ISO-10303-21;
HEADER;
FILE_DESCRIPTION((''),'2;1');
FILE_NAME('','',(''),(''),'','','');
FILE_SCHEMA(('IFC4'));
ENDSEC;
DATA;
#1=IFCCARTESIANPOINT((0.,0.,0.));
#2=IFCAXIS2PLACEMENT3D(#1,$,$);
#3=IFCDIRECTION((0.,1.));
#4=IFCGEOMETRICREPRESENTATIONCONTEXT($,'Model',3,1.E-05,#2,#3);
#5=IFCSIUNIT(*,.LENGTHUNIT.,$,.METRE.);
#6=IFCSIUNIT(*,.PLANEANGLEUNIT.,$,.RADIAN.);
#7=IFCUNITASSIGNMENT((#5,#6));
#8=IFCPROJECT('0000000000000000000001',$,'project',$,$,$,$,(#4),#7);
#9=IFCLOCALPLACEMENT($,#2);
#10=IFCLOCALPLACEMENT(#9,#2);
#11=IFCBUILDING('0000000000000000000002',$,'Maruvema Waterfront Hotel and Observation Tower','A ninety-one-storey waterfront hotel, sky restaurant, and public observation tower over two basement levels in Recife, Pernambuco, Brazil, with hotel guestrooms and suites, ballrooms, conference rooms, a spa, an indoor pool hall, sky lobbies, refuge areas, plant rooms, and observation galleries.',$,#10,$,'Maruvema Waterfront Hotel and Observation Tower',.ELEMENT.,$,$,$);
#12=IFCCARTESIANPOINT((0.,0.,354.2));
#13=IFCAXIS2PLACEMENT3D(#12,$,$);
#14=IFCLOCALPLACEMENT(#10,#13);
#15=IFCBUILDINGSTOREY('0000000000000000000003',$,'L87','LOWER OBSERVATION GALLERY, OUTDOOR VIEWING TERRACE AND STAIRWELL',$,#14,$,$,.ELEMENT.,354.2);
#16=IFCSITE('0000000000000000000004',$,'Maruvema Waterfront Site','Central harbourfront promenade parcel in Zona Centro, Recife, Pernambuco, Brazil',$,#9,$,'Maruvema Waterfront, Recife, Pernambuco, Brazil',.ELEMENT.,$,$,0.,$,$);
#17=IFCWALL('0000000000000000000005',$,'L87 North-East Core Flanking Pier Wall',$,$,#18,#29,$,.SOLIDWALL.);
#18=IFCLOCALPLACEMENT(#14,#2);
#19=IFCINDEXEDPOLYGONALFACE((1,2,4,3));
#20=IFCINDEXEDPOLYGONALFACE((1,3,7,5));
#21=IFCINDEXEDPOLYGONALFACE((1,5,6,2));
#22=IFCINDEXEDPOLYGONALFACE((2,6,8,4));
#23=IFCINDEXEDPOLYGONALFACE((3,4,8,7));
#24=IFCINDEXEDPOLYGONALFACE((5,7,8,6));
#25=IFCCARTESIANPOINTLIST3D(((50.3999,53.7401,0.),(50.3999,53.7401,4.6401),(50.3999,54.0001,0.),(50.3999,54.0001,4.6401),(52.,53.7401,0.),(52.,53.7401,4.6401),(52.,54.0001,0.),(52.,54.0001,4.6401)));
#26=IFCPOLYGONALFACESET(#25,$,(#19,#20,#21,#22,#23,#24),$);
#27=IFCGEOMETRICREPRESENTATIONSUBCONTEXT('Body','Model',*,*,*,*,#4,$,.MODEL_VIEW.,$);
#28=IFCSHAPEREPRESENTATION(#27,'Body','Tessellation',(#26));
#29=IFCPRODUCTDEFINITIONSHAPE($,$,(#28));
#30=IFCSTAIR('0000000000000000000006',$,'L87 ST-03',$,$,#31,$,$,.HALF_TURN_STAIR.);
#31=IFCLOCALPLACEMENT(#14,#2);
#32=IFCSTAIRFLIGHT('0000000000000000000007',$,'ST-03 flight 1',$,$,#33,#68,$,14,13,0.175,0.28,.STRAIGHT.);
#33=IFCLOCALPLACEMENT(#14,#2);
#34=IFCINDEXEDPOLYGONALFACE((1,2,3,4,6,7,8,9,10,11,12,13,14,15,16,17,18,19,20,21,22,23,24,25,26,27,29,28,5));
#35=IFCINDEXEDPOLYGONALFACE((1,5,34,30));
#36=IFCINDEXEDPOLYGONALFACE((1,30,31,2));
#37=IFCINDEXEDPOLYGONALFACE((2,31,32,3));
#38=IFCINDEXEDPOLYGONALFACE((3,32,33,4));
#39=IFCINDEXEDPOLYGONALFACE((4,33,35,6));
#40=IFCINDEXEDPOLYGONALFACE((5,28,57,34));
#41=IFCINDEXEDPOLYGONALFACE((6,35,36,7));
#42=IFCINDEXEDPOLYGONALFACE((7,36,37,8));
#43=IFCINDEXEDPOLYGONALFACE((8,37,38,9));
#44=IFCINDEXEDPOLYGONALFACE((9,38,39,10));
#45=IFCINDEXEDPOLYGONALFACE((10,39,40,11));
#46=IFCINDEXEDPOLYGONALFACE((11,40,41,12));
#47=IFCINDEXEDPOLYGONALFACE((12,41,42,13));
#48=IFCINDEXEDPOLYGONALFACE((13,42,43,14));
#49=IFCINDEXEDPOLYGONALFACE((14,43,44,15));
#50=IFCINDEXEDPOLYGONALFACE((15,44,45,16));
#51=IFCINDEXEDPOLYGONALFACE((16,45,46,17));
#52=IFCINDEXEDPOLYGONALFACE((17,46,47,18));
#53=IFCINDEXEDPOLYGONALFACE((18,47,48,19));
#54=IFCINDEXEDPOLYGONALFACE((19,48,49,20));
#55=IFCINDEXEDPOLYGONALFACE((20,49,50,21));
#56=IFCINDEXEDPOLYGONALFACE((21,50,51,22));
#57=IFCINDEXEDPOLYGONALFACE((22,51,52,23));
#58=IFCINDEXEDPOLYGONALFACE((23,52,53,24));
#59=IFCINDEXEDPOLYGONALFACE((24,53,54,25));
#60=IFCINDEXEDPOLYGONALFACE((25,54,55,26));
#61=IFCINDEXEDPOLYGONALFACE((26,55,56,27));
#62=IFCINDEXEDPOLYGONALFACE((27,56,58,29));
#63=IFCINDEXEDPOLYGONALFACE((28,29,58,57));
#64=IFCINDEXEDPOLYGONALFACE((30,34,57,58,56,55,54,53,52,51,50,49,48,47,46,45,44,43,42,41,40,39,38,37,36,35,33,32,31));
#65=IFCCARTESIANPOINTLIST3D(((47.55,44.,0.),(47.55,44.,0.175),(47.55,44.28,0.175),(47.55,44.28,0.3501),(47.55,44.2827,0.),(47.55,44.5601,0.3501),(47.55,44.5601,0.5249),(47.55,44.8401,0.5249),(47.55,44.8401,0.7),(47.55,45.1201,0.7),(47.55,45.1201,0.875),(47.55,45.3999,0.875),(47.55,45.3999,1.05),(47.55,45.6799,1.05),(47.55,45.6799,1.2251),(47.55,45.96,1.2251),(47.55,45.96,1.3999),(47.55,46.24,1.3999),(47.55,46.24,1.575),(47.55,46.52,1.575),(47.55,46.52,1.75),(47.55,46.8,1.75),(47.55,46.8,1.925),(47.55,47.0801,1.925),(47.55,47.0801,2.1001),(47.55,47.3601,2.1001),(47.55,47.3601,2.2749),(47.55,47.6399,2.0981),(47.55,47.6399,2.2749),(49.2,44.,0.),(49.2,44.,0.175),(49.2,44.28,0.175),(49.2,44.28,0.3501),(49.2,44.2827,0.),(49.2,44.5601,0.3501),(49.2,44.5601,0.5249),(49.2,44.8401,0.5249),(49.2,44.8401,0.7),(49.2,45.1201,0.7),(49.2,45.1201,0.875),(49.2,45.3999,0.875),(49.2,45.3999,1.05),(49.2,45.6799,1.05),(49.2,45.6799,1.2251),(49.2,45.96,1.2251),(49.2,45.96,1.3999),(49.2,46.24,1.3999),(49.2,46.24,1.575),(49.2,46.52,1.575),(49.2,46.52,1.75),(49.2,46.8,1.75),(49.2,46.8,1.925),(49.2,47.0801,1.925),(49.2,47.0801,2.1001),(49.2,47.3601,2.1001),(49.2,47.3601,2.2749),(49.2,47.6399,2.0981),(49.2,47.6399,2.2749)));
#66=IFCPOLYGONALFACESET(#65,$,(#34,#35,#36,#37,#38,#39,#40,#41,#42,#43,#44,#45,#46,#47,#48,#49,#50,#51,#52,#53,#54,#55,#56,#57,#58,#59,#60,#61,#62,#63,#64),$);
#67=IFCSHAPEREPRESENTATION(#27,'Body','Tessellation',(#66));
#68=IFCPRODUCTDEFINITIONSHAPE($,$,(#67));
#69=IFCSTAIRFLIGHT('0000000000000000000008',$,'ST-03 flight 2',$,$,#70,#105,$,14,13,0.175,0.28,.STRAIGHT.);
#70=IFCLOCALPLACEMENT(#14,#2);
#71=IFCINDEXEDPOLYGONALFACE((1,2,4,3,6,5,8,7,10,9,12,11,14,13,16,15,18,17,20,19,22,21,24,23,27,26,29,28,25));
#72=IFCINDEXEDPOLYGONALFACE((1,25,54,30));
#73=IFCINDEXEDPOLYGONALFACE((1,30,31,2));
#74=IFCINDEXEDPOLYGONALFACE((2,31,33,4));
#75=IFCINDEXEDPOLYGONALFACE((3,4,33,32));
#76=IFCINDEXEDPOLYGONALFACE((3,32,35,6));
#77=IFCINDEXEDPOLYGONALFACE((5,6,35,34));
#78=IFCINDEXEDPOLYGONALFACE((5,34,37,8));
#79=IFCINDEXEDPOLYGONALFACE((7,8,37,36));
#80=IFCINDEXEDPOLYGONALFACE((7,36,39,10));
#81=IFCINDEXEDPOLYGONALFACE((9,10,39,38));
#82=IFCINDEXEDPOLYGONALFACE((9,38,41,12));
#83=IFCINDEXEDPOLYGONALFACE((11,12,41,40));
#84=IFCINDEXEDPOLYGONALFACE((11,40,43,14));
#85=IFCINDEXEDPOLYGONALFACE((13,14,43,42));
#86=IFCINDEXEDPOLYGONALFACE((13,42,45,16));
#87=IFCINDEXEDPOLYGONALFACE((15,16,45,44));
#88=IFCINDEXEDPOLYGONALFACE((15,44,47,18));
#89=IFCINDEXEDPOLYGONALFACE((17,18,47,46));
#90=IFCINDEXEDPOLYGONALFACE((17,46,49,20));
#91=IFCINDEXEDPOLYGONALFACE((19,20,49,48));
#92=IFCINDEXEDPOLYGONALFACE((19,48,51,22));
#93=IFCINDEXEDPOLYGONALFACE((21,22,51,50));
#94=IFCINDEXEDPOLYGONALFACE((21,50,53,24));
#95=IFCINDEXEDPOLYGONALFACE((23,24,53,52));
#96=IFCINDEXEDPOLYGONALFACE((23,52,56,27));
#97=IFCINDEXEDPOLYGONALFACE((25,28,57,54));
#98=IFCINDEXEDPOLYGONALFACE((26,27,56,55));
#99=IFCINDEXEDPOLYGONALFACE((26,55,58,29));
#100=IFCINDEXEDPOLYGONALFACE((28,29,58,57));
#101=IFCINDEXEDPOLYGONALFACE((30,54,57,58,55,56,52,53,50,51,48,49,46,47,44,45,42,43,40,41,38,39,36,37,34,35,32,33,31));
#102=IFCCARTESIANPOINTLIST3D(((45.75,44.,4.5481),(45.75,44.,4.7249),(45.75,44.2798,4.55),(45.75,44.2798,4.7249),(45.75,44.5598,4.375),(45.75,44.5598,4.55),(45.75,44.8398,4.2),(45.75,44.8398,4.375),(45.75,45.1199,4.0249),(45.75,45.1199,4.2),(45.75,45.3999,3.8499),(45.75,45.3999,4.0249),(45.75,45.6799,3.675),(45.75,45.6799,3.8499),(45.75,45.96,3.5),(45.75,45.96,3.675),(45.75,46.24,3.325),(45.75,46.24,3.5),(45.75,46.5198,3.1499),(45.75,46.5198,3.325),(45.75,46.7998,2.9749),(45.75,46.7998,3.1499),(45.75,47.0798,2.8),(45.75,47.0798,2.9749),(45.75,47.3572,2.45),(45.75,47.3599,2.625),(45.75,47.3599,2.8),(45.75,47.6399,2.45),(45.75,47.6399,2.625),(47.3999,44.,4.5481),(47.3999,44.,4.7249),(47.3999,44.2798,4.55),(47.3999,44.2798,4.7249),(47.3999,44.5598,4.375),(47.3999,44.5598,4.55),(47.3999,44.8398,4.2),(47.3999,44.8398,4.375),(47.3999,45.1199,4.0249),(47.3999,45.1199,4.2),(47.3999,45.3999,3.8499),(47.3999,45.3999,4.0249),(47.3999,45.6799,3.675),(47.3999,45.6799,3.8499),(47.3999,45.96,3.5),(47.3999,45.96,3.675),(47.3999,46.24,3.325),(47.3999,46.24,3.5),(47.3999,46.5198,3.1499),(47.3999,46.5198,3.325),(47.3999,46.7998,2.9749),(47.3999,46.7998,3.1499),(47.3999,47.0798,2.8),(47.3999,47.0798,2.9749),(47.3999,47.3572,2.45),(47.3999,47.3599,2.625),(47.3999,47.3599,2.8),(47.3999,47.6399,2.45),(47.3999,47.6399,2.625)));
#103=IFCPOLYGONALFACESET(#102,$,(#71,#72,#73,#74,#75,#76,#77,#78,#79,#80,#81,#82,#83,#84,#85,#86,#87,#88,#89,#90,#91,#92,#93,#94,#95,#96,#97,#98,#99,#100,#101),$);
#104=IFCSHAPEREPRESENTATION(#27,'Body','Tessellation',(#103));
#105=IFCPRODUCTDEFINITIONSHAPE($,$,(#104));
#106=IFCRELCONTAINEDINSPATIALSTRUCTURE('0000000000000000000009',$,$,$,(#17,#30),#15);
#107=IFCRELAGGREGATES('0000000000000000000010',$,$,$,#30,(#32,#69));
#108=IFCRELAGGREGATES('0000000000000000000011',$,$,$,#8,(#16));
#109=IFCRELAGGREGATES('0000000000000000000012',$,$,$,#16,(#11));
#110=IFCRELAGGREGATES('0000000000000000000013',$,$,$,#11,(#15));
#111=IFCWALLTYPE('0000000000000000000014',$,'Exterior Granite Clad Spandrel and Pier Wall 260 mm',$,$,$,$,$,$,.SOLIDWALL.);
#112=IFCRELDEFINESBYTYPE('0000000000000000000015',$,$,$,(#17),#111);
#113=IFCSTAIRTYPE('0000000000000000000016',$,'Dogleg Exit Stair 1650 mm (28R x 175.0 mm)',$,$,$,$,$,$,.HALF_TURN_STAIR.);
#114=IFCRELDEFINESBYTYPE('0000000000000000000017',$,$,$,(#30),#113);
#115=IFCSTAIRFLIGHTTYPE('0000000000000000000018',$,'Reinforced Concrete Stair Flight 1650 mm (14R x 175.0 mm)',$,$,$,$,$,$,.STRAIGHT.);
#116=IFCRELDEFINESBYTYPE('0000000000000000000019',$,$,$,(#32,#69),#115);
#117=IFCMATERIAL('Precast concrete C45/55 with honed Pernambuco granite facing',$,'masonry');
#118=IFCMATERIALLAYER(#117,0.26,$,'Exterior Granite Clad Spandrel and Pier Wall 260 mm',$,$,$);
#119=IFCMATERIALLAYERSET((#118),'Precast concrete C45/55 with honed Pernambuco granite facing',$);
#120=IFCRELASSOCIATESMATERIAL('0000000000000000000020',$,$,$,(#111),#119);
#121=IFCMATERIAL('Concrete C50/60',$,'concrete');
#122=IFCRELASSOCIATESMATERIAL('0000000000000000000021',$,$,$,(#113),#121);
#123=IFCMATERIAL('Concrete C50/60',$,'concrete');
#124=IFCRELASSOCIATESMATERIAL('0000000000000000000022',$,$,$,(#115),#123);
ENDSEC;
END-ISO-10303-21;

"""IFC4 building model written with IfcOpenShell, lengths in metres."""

from ifc_helpers import new_model, si_unit, direction, frame, frame_2d, origin, place, context, subcontext, project, spatial, polyline, rectangle, outline, extrude, material, layer, layer_set, type_object, element, aggregate, save


model = new_model("IFC4")

# Units and contexts
model_context = context("Model", 3, precision=1e-05, world=origin(), true_north=direction((0.0, 1.0)))
body_context = subcontext(model_context, "Body", "Model", "MODEL_VIEW")
ifc_project = project(units=[si_unit("LENGTHUNIT", "METRE"), si_unit("PLANEANGLEUNIT", "RADIAN")], contexts=[model_context])

# Site, building, storey
site_placement = place(None, origin())
site = spatial("IfcSite", under=ifc_project, at=site_placement, Name="Maruvema Waterfront Site", Description="Central harbourfront promenade parcel in Zona Centro, Recife, Pernambuco, Brazil", LongName="Maruvema Waterfront, Recife, Pernambuco, Brazil", CompositionType="ELEMENT", RefElevation=0.0)
building_placement = place(site_placement, origin())
building = spatial("IfcBuilding", under=site, at=building_placement, Name="Maruvema Waterfront Hotel and Observation Tower", Description="A ninety-one-storey waterfront hotel, sky restaurant, and public observation tower over two basement levels in Recife, Pernambuco, Brazil, with hotel guestrooms and suites, ballrooms, conference rooms, a spa, an indoor pool hall, sky lobbies, refuge areas, plant rooms, and observation galleries.", LongName="Maruvema Waterfront Hotel and Observation Tower", CompositionType="ELEMENT")
storey_placement = place(building_placement, frame((0.0, 0.0, 354.2)))
storey = spatial("IfcBuildingStorey", under=building, at=storey_placement, Name="L87", Description="LOWER OBSERVATION GALLERY, OUTDOOR VIEWING TERRACE AND STAIRWELL", CompositionType="ELEMENT", Elevation=354.2)

# Wall
ifc_material_1 = material(Name="Precast concrete C45/55 with honed Pernambuco granite facing", Category="masonry")
ifc_layer_1 = layer(ifc_material_1, 0.26, Name="Exterior Granite Clad Spandrel and Pier Wall 260 mm")
ifc_layer_set_1 = layer_set([ifc_layer_1], Name="Precast concrete C45/55 with honed Pernambuco granite facing")
wall_type_1 = type_object("IfcWallType", Name="Exterior Granite Clad Spandrel and Pier Wall 260 mm", PredefinedType="SOLIDWALL", material=ifc_layer_set_1)
wall_1_placement = place(storey_placement, frame((52.0, 53.8701, 0.0), z_axis=(0.0, 0.0, 1.0), x_axis=(-1.0, 0.0, 0.0)))
element("IfcWall", 1, at=wall_1_placement, inside=storey, type_object=wall_type_1, Name="L87 North-East Core Flanking Pier Wall", PredefinedType="SOLIDWALL", context=body_context, shape_type="SweptSolid", body=[
    extrude(rectangle(XDim=1.6001, YDim=0.26, at=frame_2d((0.8, 0.0))), origin(), (0.0, 0.0, 1.0), 4.6401),
])

# Stair, stair flights
ifc_material_2 = material(Name="Concrete C50/60", Category="concrete")
stair_type = type_object("IfcStairType", Name="Dogleg Exit Stair 1650 mm (28R x 175.0 mm)", PredefinedType="HALF_TURN_STAIR", material=ifc_material_2)
stair_placement = place(storey_placement, origin())
stair = element("IfcStair", 2, at=stair_placement, inside=storey, type_object=stair_type, Name="L87 ST-03", PredefinedType="HALF_TURN_STAIR")
ifc_material_3 = material(Name="Concrete C50/60", Category="concrete")
stair_flight_type = type_object("IfcStairFlightType", Name="Reinforced Concrete Stair Flight 1650 mm (14R x 175.0 mm)", PredefinedType="STRAIGHT", material=ifc_material_3)
stair_flight_1_placement = place(storey_placement, frame((48.375, 44.0, 0.0), z_axis=(0.0, 0.0, 1.0), x_axis=(0.0, 1.0, 0.0)))
stair_flight_1 = element("IfcStairFlight", 3, at=stair_flight_1_placement, type_object=stair_flight_type, Name="ST-03 flight 1", NumberOfRisers=14, NumberOfTreads=13, PredefinedType="STRAIGHT", RiserHeight=0.175, TreadLength=0.28, context=body_context, shape_type="SweptSolid", body=[
    extrude(outline(polyline([(0.0, 0.0), (0.0, 0.175), (0.28, 0.175), (0.28, 0.3501), (0.5601, 0.3501), (0.5601, 0.5249), (0.8401, 0.5249), (0.8401, 0.7), (1.1201, 0.7), (1.1201, 0.875), (1.3999, 0.875), (1.3999, 1.05), (1.6799, 1.05), (1.6799, 1.2251), (1.96, 1.2251), (1.96, 1.3999), (2.24, 1.3999), (2.24, 1.575), (2.52, 1.575), (2.52, 1.75), (2.8, 1.75), (2.8, 1.925), (3.0801, 1.925), (3.0801, 2.1001), (3.3601, 2.1001), (3.3601, 2.2749), (3.6399, 2.2749), (3.6399, 2.45), (3.6399, 2.0981), (0.2827, 0.0), (0.0, 0.0)])), frame((0.0, 0.825, 0.0), z_axis=(0.0, -1.0, 0.0), x_axis=(1.0, 0.0, 0.0)), (0.0, 0.0, 1.0), 1.6499),
])
stair_flight_2_placement = place(storey_placement, frame((46.575, 47.6399, 2.45), z_axis=(0.0, 0.0, 1.0), x_axis=(0.0, -1.0, 0.0)))
stair_flight_2 = element("IfcStairFlight", 4, at=stair_flight_2_placement, type_object=stair_flight_type, Name="ST-03 flight 2", NumberOfRisers=14, NumberOfTreads=13, PredefinedType="STRAIGHT", RiserHeight=0.175, TreadLength=0.28, context=body_context, shape_type="SweptSolid", body=[
    extrude(outline(polyline([(0.0, 0.0), (0.0, 0.175), (0.28, 0.175), (0.28, 0.3501), (0.5601, 0.3501), (0.5601, 0.5249), (0.8401, 0.5249), (0.8401, 0.7), (1.1201, 0.7), (1.1201, 0.875), (1.3999, 0.875), (1.3999, 1.05), (1.6799, 1.05), (1.6799, 1.2251), (1.96, 1.2251), (1.96, 1.3999), (2.24, 1.3999), (2.24, 1.575), (2.52, 1.575), (2.52, 1.75), (2.8, 1.75), (2.8, 1.925), (3.0801, 1.925), (3.0801, 2.1001), (3.3601, 2.1001), (3.3601, 2.2749), (3.6399, 2.2749), (3.6399, 2.45), (3.6399, 2.0981), (0.2827, 0.0), (0.0, 0.0)])), frame((0.0, 0.825, 0.0), z_axis=(0.0, -1.0, 0.0), x_axis=(1.0, 0.0, 0.0)), (0.0, 0.0, 1.0), 1.6499),
])
aggregate(stair, [stair_flight_1, stair_flight_2])

save(model, "model.ifc")
